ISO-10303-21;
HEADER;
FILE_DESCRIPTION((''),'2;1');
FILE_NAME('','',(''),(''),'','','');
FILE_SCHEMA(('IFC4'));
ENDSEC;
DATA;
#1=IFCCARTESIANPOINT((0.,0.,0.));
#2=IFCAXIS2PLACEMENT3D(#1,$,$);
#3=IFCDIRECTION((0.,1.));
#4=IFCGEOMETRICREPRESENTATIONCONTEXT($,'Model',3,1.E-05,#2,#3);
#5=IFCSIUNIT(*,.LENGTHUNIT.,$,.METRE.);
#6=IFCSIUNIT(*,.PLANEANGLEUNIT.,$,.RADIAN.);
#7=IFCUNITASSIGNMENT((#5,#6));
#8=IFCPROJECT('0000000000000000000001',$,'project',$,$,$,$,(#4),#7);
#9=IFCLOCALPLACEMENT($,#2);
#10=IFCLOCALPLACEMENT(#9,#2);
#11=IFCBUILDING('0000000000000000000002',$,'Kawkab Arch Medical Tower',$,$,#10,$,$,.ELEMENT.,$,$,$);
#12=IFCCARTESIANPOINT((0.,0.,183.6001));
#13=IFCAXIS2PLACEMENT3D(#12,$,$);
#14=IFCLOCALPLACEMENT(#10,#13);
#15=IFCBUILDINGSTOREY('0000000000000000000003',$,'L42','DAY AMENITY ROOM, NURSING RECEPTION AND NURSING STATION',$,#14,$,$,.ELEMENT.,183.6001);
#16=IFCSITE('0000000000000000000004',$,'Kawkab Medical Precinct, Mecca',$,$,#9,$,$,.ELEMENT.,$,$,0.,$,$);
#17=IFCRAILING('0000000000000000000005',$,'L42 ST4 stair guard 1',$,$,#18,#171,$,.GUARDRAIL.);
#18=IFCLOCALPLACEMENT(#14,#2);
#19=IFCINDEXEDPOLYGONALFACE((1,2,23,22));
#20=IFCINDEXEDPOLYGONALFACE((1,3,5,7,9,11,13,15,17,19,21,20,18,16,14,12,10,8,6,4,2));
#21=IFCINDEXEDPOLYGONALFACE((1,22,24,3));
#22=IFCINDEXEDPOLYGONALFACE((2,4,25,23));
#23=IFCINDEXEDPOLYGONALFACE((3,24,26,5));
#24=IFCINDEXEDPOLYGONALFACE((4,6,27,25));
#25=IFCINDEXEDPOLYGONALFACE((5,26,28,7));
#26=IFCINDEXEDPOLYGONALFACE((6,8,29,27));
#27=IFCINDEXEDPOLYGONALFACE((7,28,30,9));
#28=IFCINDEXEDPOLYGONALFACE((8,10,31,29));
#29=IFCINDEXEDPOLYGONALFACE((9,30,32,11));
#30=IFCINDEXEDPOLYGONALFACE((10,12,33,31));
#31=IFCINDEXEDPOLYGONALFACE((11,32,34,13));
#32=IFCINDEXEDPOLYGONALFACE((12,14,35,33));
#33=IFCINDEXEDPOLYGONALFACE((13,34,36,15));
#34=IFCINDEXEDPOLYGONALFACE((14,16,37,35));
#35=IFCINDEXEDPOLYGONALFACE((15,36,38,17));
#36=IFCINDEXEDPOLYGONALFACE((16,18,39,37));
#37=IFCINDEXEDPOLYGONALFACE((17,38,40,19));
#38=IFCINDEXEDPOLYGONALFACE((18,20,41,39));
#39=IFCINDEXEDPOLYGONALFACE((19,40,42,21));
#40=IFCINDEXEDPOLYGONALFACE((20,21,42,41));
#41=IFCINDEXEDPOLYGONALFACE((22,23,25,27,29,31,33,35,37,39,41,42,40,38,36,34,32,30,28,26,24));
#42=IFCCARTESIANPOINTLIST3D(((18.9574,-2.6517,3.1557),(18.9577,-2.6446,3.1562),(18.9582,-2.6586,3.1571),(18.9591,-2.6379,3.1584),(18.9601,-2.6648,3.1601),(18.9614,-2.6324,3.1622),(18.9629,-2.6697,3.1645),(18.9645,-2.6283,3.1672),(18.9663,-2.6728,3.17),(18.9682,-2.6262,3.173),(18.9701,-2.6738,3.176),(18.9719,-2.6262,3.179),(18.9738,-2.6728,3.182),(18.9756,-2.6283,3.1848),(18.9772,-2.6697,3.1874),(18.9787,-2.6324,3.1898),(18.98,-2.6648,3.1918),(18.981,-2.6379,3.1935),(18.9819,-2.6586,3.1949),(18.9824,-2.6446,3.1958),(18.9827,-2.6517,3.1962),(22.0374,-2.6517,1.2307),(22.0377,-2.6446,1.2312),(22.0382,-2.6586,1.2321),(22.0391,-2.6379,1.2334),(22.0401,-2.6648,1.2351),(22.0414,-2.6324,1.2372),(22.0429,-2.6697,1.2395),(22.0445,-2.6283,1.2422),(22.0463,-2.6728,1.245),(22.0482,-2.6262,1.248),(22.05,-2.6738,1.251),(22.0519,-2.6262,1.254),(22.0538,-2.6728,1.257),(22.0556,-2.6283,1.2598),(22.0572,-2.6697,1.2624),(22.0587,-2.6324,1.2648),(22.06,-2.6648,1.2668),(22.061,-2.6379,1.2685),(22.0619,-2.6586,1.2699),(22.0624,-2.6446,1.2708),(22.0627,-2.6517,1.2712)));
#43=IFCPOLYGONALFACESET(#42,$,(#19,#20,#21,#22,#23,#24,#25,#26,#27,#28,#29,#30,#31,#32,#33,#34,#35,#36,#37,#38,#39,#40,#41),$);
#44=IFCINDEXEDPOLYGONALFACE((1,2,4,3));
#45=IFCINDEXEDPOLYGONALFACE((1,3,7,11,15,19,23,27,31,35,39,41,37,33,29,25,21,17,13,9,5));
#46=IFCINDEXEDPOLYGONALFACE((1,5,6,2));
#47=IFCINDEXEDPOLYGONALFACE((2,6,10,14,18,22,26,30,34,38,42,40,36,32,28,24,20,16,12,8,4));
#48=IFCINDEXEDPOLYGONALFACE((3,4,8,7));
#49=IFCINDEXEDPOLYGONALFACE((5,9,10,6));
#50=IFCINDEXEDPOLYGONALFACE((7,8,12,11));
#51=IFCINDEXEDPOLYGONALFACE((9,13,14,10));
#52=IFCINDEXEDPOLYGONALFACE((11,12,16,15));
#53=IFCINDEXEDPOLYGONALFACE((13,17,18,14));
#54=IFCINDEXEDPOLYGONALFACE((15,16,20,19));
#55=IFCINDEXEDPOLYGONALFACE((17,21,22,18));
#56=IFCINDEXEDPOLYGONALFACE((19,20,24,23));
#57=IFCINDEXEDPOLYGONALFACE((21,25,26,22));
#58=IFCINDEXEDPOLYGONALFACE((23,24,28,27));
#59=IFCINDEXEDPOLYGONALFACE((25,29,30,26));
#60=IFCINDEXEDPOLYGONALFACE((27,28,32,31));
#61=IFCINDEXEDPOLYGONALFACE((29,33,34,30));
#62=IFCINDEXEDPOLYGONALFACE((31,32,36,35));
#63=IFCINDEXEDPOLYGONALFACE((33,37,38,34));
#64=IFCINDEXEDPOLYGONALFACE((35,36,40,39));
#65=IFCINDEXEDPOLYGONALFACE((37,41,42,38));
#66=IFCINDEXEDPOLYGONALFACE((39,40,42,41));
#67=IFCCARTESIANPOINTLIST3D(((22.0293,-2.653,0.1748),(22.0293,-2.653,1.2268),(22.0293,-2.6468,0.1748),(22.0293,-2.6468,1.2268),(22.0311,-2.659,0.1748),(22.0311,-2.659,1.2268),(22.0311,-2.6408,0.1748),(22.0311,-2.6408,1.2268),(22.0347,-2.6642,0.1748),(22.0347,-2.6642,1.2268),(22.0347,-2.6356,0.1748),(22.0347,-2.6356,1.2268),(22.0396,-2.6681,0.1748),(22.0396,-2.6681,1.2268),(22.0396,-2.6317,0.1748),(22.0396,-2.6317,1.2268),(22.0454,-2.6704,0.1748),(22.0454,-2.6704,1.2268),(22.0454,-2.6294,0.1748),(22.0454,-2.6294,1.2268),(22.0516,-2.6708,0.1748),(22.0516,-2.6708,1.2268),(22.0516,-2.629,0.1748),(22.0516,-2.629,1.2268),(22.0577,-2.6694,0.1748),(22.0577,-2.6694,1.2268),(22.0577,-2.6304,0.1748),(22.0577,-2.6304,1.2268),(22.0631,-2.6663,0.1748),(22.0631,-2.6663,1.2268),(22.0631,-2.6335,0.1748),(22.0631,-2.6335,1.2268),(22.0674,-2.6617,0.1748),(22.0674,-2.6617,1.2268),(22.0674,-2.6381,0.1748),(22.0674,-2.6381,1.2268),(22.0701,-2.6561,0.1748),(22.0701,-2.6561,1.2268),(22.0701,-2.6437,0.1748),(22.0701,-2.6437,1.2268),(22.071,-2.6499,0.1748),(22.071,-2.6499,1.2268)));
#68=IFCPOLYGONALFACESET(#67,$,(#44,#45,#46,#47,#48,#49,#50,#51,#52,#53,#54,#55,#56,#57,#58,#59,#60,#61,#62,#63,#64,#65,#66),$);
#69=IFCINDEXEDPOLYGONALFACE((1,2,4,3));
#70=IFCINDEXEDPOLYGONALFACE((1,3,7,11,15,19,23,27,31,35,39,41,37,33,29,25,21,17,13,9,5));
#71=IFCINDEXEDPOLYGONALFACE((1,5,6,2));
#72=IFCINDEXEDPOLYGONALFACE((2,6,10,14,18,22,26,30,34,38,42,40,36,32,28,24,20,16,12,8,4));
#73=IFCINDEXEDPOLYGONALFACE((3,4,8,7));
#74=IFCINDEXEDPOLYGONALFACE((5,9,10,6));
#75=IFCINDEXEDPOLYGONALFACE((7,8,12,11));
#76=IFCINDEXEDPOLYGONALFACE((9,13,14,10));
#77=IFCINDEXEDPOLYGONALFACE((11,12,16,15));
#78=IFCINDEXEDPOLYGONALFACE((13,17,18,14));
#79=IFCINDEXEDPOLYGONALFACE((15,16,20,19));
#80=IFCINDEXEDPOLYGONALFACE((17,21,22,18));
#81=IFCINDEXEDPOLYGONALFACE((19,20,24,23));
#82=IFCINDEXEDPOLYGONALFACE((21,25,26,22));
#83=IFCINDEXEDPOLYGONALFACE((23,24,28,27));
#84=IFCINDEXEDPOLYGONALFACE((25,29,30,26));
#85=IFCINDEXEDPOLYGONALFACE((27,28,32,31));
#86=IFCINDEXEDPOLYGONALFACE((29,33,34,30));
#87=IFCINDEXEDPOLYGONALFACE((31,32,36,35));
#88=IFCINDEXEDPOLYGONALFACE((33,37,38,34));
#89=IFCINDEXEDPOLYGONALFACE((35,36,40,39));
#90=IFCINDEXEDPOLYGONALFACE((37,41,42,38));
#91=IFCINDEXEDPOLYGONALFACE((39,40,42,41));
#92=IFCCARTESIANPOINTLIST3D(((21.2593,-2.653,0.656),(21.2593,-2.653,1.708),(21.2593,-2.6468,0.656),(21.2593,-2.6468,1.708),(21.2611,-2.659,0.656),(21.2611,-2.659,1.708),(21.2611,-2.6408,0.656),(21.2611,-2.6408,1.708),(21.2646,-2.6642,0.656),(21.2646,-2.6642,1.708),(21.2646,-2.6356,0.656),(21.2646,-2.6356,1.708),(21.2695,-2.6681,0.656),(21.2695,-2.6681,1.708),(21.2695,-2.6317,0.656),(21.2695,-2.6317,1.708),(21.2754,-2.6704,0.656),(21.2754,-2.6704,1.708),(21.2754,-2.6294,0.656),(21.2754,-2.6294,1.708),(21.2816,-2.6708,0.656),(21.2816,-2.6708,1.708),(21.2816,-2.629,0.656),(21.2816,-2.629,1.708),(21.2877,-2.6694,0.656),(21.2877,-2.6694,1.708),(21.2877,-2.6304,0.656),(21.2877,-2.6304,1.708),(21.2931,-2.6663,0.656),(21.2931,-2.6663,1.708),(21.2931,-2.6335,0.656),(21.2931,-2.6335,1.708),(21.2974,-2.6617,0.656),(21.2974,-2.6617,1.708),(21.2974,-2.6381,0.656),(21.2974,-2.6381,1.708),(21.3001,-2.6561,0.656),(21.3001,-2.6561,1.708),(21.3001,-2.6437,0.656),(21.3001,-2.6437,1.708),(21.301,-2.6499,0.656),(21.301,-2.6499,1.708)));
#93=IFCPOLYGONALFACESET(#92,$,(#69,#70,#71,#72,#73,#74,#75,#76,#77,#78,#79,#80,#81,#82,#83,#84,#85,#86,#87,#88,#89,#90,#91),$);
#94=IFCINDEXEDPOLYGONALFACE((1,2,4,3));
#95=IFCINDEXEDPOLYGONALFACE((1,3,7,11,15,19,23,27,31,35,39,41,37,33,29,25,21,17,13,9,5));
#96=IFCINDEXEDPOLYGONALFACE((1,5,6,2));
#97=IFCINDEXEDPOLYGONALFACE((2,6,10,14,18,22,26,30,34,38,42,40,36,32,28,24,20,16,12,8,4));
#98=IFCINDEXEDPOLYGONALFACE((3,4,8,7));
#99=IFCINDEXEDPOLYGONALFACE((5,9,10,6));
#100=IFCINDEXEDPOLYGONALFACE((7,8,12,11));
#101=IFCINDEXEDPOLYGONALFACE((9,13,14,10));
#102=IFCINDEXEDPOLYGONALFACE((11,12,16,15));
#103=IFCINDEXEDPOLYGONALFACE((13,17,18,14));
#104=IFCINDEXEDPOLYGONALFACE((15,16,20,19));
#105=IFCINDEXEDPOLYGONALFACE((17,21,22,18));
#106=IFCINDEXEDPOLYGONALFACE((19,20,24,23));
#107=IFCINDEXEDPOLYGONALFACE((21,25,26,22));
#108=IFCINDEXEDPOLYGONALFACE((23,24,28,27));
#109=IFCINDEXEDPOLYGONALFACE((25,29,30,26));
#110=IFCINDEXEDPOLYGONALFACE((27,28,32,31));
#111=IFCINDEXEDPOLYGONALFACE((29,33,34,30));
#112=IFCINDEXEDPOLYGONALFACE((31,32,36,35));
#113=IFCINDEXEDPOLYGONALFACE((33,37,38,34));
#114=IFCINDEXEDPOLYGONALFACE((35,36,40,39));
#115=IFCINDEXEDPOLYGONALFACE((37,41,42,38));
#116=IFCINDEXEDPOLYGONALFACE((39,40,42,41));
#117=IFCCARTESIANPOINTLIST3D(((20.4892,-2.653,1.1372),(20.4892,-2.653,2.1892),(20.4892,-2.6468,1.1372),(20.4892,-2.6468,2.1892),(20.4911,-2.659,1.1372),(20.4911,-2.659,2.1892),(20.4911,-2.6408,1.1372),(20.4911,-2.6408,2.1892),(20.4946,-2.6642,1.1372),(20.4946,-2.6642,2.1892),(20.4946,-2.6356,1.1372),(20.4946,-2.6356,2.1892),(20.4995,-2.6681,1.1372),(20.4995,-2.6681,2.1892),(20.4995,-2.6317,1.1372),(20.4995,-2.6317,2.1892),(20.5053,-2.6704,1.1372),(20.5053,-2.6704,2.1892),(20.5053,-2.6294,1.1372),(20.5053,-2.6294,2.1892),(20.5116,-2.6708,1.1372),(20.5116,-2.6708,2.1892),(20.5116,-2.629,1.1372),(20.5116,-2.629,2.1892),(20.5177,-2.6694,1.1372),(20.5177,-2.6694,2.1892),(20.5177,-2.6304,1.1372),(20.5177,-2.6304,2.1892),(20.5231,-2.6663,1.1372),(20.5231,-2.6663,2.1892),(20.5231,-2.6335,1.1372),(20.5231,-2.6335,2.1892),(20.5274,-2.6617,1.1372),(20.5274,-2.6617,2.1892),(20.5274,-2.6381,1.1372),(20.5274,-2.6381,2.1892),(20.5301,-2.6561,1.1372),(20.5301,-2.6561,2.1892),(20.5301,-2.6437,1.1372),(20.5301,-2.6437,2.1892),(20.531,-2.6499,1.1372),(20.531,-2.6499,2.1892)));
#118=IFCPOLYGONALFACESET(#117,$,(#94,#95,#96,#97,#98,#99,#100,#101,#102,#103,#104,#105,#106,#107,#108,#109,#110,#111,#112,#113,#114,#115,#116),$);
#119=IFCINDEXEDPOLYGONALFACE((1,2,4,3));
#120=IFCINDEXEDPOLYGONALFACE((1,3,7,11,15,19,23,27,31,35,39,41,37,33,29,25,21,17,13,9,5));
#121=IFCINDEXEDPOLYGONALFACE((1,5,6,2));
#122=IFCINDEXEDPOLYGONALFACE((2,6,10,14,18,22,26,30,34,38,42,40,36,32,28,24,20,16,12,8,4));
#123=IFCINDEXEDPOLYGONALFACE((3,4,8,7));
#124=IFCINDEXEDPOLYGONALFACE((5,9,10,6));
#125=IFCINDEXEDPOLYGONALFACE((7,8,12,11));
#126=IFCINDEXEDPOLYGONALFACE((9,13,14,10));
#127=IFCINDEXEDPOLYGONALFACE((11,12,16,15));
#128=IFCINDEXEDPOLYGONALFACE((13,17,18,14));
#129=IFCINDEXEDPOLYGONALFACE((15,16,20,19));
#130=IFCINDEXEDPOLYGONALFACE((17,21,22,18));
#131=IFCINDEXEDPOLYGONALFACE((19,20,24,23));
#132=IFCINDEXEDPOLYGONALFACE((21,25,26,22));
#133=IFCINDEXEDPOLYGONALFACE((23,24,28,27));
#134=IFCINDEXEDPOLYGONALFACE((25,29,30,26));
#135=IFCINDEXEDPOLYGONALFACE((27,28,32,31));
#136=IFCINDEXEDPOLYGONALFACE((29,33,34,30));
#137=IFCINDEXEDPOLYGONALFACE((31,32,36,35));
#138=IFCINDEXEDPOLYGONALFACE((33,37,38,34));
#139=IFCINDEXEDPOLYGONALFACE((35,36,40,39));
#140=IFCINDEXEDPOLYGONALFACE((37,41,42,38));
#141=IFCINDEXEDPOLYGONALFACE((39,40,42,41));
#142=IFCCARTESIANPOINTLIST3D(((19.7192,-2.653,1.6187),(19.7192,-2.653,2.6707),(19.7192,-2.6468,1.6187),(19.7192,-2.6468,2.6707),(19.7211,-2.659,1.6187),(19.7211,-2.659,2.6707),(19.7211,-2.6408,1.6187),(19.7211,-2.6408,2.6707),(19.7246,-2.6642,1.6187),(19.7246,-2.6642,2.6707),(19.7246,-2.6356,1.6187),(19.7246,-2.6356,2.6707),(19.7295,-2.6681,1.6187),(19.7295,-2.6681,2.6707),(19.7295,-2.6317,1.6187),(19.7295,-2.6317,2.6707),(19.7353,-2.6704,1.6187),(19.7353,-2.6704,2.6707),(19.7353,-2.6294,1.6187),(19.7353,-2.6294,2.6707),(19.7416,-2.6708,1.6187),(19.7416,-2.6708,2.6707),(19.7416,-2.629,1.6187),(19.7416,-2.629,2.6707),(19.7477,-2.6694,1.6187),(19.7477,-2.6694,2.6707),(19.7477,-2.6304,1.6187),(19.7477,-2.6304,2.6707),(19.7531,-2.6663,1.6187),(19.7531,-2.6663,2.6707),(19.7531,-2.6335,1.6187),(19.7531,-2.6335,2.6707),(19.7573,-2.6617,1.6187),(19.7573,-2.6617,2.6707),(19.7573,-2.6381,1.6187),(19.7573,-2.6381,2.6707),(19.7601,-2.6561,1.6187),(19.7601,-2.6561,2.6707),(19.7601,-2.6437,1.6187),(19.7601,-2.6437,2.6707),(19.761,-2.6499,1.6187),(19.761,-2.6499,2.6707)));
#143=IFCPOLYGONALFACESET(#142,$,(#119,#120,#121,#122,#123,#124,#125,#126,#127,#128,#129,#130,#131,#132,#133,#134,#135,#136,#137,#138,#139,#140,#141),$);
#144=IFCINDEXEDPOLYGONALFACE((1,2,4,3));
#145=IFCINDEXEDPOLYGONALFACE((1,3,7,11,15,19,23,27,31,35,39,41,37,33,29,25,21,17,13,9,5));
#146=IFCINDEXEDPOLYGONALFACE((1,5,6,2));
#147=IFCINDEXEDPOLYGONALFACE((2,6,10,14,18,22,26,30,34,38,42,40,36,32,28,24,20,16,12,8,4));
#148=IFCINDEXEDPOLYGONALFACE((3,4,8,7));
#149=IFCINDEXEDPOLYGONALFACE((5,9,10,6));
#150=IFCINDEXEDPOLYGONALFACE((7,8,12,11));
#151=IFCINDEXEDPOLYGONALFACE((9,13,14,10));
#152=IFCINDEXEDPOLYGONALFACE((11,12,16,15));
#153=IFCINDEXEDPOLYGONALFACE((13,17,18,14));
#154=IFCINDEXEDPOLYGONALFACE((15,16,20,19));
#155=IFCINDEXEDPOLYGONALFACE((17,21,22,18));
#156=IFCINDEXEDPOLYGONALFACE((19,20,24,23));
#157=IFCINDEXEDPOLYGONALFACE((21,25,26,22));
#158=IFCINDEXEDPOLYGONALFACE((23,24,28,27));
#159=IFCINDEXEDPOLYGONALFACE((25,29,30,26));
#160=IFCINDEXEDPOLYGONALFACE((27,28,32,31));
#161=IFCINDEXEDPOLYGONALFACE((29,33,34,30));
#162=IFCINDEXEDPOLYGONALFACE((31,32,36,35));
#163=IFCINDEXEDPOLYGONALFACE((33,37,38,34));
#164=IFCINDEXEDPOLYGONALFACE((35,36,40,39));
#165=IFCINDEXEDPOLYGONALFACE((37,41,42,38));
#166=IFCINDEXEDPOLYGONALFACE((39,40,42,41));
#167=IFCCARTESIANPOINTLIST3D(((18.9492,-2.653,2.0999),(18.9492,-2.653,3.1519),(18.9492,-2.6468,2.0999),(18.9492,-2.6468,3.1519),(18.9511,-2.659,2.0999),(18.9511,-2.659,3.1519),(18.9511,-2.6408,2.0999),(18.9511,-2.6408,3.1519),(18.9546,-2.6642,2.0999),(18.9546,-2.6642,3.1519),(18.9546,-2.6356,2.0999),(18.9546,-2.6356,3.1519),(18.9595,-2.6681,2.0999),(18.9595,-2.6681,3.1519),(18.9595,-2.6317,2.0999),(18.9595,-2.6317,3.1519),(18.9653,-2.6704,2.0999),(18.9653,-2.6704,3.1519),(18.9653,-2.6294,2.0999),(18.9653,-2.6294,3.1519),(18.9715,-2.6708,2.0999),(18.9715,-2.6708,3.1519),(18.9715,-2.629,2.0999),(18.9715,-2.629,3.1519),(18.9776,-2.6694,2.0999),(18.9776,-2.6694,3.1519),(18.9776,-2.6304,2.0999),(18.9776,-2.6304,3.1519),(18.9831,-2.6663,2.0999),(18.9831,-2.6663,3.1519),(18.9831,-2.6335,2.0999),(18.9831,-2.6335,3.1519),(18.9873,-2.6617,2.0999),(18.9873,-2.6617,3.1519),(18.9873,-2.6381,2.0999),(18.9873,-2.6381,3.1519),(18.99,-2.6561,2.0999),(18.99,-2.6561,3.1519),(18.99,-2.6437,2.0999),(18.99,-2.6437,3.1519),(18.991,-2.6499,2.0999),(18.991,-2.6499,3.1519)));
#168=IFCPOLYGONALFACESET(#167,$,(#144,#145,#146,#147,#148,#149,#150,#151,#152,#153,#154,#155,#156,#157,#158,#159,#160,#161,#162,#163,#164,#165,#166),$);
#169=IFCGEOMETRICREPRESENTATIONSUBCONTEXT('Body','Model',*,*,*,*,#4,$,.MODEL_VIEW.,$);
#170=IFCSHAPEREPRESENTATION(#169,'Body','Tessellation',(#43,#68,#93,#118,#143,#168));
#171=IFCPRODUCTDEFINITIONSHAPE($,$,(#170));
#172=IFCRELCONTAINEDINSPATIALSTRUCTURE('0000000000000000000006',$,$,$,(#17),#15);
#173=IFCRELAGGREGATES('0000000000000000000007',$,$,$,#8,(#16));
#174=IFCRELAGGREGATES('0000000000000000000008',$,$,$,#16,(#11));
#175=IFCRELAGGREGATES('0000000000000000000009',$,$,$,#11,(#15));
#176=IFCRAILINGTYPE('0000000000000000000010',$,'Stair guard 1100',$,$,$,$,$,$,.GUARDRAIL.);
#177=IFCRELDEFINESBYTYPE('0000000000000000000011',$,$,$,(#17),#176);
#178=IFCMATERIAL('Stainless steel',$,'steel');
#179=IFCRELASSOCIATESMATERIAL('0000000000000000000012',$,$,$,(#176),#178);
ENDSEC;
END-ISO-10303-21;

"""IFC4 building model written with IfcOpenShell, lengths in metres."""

from ifc_helpers import new_model, si_unit, direction, frame, origin, origin_2d, place, context, subcontext, project, spatial, circle, extrude, material, type_object, element, save


model = new_model("IFC4")

# Units and contexts
model_context = context("Model", 3, precision=1e-05, world=origin(), true_north=direction((0.0, 1.0)))
body_context = subcontext(model_context, "Body", "Model", "MODEL_VIEW")
ifc_project = project(units=[si_unit("LENGTHUNIT", "METRE"), si_unit("PLANEANGLEUNIT", "RADIAN")], contexts=[model_context])

# Site, building, storey
site_placement = place(None, origin())
site = spatial("IfcSite", under=ifc_project, at=site_placement, Name="Kawkab Medical Precinct, Mecca", CompositionType="ELEMENT", RefElevation=0.0)
building_placement = place(site_placement, origin())
building = spatial("IfcBuilding", under=site, at=building_placement, Name="Kawkab Arch Medical Tower", CompositionType="ELEMENT")
storey_placement = place(building_placement, frame((0.0, 0.0, 183.6001)))
storey = spatial("IfcBuildingStorey", under=building, at=storey_placement, Name="L42", Description="DAY AMENITY ROOM, NURSING RECEPTION AND NURSING STATION", CompositionType="ELEMENT", Elevation=183.6001)

# Railing
ifc_material_1 = material(Name="Stainless steel", Category="steel")
railing_type_1 = type_object("IfcRailingType", Name="Stair guard 1100", PredefinedType="GUARDRAIL", material=ifc_material_1)
railing_1_placement = place(storey_placement, frame((22.05, -2.6499, 0.1748)))
element("IfcRailing", 1, at=railing_1_placement, inside=storey, type_object=railing_type_1, Name="L42 ST4 stair guard 1", PredefinedType="GUARDRAIL", context=body_context, shape_type="SweptSolid", body=[
    extrude(circle(Radius=0.0239, at=origin_2d()), frame((0.0, 0.0, 1.0762), z_axis=(-0.847998, 0.0, 0.529999), x_axis=(0.0, -1.0, 0.0)), (0.0, 0.0, 1.0), 3.6321),
    extrude(circle(Radius=0.021, at=origin_2d()), origin(), (0.0, 0.0, 1.0), 1.052),
    extrude(circle(Radius=0.021, at=origin_2d()), frame((-0.77, 0.0, 0.4812)), (0.0, 0.0, 1.0), 1.052),
    extrude(circle(Radius=0.021, at=origin_2d()), frame((-1.54, 0.0, 0.9624)), (0.0, 0.0, 1.0), 1.052),
    extrude(circle(Radius=0.021, at=origin_2d()), frame((-2.3101, 0.0, 1.4438)), (0.0, 0.0, 1.0), 1.052),
    extrude(circle(Radius=0.021, at=origin_2d()), frame((-3.0801, 0.0, 1.925)), (0.0, 0.0, 1.0), 1.052),
])

save(model, "model.ifc")
